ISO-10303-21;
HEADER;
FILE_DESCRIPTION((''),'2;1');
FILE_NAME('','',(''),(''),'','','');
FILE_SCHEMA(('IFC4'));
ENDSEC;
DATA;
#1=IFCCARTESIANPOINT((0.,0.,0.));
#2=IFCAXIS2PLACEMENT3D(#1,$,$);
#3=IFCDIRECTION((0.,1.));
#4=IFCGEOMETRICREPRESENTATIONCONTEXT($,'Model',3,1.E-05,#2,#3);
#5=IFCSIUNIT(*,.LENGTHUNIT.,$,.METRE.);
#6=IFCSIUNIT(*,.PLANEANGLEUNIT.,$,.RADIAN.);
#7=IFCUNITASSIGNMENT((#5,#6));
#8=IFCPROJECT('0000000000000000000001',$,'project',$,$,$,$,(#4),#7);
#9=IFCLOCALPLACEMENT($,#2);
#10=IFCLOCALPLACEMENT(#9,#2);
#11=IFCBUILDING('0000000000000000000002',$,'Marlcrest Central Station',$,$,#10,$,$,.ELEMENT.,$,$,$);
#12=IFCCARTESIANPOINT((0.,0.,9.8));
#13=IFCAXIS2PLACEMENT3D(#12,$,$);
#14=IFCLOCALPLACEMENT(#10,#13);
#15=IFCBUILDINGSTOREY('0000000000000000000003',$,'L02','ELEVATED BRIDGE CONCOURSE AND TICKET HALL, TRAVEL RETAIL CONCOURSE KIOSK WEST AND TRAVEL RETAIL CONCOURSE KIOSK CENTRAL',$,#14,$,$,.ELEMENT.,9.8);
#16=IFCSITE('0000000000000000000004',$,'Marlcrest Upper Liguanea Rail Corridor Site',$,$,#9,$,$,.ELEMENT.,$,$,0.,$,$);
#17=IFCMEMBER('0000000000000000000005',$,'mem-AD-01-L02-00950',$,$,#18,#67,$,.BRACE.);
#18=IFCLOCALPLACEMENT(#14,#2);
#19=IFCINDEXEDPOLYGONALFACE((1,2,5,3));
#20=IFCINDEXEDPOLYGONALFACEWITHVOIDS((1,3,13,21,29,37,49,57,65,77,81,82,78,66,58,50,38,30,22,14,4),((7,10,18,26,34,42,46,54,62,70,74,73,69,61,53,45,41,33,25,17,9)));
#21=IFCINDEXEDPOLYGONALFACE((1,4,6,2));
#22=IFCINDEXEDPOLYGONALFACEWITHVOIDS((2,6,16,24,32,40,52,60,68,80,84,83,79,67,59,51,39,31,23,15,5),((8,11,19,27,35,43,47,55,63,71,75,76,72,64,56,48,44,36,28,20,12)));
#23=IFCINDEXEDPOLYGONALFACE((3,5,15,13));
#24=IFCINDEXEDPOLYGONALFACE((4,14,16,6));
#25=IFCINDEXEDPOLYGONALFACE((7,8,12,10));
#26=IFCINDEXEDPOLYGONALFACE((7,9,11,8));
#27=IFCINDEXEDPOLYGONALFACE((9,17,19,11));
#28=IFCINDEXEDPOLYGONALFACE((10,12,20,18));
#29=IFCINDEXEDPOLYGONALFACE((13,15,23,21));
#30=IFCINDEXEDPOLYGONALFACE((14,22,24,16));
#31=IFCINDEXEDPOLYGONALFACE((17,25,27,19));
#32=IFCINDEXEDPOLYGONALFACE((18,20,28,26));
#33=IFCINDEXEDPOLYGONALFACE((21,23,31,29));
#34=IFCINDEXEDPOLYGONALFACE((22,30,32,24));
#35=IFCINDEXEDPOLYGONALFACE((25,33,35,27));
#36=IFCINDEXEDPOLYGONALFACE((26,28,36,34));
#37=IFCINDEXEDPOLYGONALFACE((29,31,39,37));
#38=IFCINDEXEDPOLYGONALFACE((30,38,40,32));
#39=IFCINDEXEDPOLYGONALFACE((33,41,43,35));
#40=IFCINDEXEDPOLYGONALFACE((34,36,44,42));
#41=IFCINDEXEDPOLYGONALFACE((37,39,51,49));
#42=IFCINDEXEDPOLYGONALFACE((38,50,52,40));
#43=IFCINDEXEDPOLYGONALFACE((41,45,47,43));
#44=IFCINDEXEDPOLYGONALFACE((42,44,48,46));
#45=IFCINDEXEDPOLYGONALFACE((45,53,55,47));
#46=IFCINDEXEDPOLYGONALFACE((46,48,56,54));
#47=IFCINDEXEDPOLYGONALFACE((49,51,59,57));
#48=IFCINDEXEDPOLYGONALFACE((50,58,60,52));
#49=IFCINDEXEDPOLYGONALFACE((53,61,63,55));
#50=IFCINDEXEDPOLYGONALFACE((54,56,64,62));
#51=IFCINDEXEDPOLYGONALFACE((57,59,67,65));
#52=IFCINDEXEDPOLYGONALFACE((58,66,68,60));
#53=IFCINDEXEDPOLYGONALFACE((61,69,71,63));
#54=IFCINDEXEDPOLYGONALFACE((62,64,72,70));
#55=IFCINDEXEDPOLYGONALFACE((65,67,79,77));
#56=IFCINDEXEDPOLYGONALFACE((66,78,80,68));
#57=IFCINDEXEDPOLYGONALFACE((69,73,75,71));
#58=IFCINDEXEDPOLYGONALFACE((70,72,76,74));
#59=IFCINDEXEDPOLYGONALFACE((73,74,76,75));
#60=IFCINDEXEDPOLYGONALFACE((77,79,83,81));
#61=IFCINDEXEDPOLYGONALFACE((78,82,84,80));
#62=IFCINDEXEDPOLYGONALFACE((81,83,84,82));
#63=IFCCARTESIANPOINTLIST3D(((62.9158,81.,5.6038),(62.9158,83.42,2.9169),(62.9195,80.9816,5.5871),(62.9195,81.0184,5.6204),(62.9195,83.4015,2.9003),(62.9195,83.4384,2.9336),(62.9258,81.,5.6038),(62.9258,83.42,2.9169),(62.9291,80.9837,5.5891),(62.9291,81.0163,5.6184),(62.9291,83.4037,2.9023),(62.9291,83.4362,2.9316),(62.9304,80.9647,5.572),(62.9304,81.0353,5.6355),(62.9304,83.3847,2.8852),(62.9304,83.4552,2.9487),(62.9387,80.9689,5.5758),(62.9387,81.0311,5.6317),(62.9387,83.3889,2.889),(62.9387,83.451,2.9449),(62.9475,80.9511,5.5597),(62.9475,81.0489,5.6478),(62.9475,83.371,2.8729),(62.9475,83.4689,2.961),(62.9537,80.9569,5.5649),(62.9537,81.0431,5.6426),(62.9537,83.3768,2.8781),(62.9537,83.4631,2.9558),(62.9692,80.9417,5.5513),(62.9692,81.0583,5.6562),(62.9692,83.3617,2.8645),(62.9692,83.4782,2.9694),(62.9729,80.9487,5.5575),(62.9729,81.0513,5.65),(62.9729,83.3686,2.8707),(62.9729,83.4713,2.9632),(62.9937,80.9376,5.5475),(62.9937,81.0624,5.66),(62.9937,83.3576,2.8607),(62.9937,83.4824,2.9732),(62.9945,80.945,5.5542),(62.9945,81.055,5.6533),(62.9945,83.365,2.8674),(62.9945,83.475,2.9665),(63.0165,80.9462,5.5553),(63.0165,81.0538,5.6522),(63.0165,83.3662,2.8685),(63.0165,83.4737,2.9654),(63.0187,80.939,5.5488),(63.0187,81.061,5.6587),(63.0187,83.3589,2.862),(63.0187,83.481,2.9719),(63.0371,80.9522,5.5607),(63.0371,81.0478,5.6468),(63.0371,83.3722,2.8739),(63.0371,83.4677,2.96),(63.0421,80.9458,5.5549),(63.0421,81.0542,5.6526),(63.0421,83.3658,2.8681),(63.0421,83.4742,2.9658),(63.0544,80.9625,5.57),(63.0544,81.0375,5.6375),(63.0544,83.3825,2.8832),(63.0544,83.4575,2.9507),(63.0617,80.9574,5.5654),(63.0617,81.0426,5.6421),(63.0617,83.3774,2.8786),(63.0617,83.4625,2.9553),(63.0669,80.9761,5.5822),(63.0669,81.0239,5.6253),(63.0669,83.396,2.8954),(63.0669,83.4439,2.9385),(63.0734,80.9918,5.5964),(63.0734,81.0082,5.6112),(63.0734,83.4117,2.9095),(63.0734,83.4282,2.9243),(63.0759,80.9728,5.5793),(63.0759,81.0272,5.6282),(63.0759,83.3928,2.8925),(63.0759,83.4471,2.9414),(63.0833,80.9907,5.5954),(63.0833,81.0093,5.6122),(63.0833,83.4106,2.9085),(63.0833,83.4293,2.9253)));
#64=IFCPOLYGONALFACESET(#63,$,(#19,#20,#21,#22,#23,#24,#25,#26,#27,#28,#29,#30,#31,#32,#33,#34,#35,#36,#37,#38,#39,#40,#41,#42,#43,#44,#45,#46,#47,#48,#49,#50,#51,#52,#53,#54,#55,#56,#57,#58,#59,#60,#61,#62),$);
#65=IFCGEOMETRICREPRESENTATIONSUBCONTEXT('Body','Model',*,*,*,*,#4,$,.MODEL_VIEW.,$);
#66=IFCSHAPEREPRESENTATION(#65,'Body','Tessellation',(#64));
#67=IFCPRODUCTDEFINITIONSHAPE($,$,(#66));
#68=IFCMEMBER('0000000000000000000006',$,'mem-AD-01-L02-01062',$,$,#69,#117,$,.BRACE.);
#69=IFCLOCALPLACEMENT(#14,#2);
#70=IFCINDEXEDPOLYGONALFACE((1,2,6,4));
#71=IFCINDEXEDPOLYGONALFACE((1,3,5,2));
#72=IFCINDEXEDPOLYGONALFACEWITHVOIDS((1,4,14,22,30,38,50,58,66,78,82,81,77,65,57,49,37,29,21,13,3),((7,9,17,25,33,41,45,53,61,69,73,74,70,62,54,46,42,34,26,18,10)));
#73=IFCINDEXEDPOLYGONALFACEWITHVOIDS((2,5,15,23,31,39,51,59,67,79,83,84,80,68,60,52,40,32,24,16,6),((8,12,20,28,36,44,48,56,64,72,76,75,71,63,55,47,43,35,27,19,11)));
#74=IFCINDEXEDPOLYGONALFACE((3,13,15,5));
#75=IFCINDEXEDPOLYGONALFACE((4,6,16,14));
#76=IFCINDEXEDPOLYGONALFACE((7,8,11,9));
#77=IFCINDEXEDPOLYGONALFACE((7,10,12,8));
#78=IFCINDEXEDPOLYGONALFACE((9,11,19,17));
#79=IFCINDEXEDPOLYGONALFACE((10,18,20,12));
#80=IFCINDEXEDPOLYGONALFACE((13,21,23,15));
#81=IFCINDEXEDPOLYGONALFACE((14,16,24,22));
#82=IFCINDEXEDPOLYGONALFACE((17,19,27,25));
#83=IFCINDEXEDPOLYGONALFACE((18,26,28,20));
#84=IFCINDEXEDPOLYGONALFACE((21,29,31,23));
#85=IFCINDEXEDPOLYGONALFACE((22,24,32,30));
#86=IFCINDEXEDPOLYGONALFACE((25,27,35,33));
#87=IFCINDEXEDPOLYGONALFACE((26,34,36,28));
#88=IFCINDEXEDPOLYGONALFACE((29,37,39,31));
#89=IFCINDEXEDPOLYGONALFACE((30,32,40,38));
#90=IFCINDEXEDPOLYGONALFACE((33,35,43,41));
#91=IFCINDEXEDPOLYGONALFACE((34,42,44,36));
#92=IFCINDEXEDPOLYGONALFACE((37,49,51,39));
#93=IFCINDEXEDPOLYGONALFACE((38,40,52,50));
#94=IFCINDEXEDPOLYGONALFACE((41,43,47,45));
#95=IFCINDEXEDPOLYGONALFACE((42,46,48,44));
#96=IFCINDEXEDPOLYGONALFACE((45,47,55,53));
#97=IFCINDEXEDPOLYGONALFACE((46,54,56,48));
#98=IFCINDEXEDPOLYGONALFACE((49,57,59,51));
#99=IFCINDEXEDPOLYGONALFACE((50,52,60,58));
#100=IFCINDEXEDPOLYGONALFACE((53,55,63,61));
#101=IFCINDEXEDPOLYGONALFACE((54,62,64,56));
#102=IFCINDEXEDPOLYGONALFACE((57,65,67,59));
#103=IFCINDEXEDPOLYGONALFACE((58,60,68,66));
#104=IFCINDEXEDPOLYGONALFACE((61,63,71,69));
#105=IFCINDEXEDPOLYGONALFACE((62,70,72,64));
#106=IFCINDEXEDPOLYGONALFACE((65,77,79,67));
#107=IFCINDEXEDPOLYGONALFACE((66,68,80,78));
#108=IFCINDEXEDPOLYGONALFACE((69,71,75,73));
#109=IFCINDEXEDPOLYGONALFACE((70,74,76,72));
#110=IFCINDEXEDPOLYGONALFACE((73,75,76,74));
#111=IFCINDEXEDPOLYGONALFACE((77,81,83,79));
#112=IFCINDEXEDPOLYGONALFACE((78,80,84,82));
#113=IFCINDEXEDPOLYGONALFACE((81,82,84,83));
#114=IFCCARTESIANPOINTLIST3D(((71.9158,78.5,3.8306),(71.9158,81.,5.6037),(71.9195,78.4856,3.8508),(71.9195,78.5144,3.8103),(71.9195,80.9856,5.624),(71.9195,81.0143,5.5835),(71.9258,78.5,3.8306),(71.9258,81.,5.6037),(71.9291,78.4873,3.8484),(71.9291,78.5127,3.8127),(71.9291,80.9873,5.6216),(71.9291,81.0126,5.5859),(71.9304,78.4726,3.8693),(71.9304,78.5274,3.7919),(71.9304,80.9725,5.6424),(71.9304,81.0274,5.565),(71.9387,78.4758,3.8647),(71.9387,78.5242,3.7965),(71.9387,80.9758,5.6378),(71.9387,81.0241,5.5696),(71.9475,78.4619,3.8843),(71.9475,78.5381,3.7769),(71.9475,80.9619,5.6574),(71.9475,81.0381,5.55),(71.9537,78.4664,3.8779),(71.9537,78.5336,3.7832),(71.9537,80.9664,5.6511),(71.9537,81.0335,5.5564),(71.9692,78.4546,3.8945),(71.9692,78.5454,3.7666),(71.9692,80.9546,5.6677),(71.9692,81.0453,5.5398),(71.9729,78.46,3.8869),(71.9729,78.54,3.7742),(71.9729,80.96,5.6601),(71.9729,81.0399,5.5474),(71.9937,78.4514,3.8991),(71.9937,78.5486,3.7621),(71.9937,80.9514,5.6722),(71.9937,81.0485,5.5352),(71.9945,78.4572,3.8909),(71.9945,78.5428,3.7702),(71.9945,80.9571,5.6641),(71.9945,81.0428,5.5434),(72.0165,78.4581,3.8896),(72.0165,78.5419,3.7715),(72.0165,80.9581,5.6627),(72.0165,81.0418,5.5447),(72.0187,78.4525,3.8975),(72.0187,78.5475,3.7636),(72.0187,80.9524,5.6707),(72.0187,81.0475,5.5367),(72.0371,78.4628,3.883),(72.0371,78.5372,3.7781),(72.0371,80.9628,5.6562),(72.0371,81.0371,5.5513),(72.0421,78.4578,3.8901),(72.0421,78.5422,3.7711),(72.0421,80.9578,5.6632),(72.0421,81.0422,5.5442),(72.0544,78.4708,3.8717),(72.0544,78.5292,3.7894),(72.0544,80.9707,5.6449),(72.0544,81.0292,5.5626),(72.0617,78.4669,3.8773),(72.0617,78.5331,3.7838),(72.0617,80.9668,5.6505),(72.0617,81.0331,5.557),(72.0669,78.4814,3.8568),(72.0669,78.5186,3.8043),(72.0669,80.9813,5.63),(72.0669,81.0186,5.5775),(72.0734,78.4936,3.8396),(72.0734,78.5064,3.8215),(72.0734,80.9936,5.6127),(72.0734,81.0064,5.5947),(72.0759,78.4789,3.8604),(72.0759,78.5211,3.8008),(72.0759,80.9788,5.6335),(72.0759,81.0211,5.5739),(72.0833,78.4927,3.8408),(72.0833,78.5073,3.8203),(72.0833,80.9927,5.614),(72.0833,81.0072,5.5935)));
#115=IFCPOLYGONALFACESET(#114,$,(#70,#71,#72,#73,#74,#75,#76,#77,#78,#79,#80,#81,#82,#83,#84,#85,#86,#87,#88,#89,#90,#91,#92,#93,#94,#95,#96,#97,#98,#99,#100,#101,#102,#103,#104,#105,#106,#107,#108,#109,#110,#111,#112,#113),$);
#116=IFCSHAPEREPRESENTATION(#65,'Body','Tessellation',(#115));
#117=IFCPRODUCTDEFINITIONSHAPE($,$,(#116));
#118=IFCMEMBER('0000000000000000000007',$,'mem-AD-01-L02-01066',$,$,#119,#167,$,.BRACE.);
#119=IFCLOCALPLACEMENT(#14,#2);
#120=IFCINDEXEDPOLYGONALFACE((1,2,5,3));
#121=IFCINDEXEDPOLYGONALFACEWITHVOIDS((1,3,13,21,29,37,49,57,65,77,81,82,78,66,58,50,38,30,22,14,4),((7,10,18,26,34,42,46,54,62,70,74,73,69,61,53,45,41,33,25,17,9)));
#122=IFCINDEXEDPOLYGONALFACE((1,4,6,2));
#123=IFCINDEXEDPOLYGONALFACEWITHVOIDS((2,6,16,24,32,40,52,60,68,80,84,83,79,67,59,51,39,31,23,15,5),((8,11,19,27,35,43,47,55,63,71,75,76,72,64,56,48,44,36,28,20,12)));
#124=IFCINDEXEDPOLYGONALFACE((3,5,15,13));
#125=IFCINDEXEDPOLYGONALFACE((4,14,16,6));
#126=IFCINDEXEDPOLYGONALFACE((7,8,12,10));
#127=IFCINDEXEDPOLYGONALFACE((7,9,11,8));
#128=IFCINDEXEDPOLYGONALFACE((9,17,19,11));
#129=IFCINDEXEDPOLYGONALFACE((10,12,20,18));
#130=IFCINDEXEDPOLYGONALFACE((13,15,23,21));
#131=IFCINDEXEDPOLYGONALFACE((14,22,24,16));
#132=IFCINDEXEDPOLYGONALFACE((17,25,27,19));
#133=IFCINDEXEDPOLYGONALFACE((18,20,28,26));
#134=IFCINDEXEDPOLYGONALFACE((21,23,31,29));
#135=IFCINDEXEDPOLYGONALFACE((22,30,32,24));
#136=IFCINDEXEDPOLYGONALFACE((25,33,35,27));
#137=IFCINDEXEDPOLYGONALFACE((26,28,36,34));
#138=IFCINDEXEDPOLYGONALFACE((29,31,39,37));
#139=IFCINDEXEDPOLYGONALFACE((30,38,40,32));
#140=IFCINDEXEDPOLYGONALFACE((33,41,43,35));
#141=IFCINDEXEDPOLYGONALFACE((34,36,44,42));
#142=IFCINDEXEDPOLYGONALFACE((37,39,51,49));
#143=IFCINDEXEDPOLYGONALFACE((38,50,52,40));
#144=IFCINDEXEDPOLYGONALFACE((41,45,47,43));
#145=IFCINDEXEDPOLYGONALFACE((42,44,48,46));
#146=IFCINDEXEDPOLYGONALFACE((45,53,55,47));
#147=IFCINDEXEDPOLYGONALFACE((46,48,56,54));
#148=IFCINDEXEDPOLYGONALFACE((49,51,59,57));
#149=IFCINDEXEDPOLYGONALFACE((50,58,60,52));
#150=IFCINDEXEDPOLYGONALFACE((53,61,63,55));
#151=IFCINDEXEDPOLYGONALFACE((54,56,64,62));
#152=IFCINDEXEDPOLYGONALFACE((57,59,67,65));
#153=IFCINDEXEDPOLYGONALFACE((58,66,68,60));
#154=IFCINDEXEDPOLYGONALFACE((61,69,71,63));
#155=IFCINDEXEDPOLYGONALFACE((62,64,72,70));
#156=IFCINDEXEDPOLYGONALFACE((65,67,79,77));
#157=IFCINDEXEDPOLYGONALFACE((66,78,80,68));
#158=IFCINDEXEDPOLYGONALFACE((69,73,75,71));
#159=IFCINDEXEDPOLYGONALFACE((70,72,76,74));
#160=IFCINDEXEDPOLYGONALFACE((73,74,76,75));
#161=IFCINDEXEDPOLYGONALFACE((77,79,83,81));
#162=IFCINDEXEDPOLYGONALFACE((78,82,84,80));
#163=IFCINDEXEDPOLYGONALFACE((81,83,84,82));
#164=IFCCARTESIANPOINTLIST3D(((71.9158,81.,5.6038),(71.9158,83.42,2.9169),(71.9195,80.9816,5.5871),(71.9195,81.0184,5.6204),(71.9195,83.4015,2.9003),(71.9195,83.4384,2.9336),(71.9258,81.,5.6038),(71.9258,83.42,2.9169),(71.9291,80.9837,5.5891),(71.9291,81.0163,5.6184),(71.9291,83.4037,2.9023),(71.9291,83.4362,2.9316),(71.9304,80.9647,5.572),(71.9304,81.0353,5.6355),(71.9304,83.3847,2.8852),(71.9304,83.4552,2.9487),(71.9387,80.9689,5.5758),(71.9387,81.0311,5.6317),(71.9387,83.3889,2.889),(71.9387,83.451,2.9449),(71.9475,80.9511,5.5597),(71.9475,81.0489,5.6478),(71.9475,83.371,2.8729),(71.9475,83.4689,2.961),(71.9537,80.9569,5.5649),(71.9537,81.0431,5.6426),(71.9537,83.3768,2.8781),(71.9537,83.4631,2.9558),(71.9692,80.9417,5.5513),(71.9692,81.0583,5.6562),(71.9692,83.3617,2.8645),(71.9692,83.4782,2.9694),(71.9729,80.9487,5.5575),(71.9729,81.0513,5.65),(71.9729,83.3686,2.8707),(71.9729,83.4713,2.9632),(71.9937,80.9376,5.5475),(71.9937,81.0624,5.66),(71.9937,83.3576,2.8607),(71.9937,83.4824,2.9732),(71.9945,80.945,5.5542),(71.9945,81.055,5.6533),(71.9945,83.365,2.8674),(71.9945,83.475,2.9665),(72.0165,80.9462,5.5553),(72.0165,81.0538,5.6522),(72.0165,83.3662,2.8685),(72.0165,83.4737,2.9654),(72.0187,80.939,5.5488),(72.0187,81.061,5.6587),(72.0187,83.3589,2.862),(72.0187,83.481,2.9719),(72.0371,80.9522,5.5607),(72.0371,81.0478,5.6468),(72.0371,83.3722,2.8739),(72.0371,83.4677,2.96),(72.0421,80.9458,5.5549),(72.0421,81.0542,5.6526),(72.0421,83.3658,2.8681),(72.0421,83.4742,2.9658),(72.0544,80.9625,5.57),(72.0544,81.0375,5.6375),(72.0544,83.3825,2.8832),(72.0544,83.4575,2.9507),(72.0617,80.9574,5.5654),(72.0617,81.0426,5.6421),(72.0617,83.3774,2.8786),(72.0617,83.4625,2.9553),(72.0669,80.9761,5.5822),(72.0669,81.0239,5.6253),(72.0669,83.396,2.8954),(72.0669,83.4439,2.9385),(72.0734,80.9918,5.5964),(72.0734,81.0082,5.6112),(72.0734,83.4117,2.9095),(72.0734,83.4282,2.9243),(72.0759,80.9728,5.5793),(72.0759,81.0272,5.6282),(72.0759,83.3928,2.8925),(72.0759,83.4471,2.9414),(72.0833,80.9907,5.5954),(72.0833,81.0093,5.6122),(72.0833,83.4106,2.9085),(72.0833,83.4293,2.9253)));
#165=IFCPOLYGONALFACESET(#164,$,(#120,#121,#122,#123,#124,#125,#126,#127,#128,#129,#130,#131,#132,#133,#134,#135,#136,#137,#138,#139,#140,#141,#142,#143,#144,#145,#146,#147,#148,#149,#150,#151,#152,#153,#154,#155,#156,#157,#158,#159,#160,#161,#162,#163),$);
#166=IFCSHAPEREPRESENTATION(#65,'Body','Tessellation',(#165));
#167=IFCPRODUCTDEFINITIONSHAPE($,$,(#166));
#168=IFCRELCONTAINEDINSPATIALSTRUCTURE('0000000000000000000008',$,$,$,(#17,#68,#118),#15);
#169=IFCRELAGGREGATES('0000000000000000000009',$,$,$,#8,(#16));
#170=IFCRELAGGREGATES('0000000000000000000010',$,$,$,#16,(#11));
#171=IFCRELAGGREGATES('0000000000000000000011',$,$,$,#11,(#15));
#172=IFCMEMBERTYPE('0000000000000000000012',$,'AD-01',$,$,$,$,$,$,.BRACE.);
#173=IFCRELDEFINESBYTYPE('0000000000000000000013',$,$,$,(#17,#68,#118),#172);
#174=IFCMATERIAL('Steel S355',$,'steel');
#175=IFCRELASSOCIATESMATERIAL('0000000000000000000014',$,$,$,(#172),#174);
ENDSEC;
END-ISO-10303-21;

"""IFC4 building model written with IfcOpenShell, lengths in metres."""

from ifc_helpers import new_model, si_unit, direction, frame, origin, origin_2d, place, context, subcontext, project, spatial, hollow_circle, extrude, material, material_profile, profile_set, type_object, element, save


model = new_model("IFC4")

# Units and contexts
model_context = context("Model", 3, precision=1e-05, world=origin(), true_north=direction((0.0, 1.0)))
body_context = subcontext(model_context, "Body", "Model", "MODEL_VIEW")
ifc_project = project(units=[si_unit("LENGTHUNIT", "METRE"), si_unit("PLANEANGLEUNIT", "RADIAN")], contexts=[model_context])

# Site, building, storey
site_placement = place(None, origin())
site = spatial("IfcSite", under=ifc_project, at=site_placement, Name="Marlcrest Upper Liguanea Rail Corridor Site", CompositionType="ELEMENT", RefElevation=0.0)
building_placement = place(site_placement, origin())
building = spatial("IfcBuilding", under=site, at=building_placement, Name="Marlcrest Central Station", CompositionType="ELEMENT")
storey_placement = place(building_placement, frame((0.0, 0.0, 9.8)))
storey = spatial("IfcBuildingStorey", under=building, at=storey_placement, Name="L02", Description="ELEVATED BRIDGE CONCOURSE AND TICKET HALL, TRAVEL RETAIL CONCOURSE KIOSK WEST AND TRAVEL RETAIL CONCOURSE KIOSK CENTRAL", CompositionType="ELEMENT", Elevation=9.8)

# Members
ifc_material_1 = material(Name="Steel S355", Category="steel")
ifc_material_profile_1 = material_profile(ifc_material_1, hollow_circle(Radius=0.0842, WallThickness=0.01, at=origin_2d()), Name="CHS 168.3x10")
ifc_profile_set_1 = profile_set([ifc_material_profile_1], Name="Steel S355")
member_type_1 = type_object("IfcMemberType", Name="AD-01", PredefinedType="BRACE", material=ifc_profile_set_1)
member_1_placement = place(storey_placement, frame((63.0, 81.0, 5.6038), z_axis=(0.0, 0.669244, -0.743042), x_axis=(-1.0, 0.0, 0.0)))
element("IfcMember", 1, at=member_1_placement, inside=storey, type_object=member_type_1, Name="mem-AD-01-L02-00950", PredefinedType="BRACE", context=body_context, shape_type="SweptSolid", body=[
    extrude(hollow_circle(Radius=0.0842, WallThickness=0.01, at=origin_2d()), origin(), (0.0, 0.0, 1.0), 3.616),
])
member_2_placement = place(storey_placement, frame((72.0, 78.5, 3.8306), z_axis=(0.0, 0.815661, 0.57853), x_axis=(-1.0, 0.0, 0.0)))
element("IfcMember", 2, at=member_2_placement, inside=storey, type_object=member_type_1, Name="mem-AD-01-L02-01062", PredefinedType="BRACE", context=body_context, shape_type="SweptSolid", body=[
    extrude(hollow_circle(Radius=0.0842, WallThickness=0.01, at=origin_2d()), origin(), (0.0, 0.0, 1.0), 3.0649),
])
member_3_placement = place(storey_placement, frame((72.0, 81.0, 5.6038), z_axis=(0.0, 0.669244, -0.743042), x_axis=(-1.0, 0.0, 0.0)))
element("IfcMember", 3, at=member_3_placement, inside=storey, type_object=member_type_1, Name="mem-AD-01-L02-01066", PredefinedType="BRACE", context=body_context, shape_type="SweptSolid", body=[
    extrude(hollow_circle(Radius=0.0842, WallThickness=0.01, at=origin_2d()), origin(), (0.0, 0.0, 1.0), 3.616),
])

save(model, "model.ifc")
